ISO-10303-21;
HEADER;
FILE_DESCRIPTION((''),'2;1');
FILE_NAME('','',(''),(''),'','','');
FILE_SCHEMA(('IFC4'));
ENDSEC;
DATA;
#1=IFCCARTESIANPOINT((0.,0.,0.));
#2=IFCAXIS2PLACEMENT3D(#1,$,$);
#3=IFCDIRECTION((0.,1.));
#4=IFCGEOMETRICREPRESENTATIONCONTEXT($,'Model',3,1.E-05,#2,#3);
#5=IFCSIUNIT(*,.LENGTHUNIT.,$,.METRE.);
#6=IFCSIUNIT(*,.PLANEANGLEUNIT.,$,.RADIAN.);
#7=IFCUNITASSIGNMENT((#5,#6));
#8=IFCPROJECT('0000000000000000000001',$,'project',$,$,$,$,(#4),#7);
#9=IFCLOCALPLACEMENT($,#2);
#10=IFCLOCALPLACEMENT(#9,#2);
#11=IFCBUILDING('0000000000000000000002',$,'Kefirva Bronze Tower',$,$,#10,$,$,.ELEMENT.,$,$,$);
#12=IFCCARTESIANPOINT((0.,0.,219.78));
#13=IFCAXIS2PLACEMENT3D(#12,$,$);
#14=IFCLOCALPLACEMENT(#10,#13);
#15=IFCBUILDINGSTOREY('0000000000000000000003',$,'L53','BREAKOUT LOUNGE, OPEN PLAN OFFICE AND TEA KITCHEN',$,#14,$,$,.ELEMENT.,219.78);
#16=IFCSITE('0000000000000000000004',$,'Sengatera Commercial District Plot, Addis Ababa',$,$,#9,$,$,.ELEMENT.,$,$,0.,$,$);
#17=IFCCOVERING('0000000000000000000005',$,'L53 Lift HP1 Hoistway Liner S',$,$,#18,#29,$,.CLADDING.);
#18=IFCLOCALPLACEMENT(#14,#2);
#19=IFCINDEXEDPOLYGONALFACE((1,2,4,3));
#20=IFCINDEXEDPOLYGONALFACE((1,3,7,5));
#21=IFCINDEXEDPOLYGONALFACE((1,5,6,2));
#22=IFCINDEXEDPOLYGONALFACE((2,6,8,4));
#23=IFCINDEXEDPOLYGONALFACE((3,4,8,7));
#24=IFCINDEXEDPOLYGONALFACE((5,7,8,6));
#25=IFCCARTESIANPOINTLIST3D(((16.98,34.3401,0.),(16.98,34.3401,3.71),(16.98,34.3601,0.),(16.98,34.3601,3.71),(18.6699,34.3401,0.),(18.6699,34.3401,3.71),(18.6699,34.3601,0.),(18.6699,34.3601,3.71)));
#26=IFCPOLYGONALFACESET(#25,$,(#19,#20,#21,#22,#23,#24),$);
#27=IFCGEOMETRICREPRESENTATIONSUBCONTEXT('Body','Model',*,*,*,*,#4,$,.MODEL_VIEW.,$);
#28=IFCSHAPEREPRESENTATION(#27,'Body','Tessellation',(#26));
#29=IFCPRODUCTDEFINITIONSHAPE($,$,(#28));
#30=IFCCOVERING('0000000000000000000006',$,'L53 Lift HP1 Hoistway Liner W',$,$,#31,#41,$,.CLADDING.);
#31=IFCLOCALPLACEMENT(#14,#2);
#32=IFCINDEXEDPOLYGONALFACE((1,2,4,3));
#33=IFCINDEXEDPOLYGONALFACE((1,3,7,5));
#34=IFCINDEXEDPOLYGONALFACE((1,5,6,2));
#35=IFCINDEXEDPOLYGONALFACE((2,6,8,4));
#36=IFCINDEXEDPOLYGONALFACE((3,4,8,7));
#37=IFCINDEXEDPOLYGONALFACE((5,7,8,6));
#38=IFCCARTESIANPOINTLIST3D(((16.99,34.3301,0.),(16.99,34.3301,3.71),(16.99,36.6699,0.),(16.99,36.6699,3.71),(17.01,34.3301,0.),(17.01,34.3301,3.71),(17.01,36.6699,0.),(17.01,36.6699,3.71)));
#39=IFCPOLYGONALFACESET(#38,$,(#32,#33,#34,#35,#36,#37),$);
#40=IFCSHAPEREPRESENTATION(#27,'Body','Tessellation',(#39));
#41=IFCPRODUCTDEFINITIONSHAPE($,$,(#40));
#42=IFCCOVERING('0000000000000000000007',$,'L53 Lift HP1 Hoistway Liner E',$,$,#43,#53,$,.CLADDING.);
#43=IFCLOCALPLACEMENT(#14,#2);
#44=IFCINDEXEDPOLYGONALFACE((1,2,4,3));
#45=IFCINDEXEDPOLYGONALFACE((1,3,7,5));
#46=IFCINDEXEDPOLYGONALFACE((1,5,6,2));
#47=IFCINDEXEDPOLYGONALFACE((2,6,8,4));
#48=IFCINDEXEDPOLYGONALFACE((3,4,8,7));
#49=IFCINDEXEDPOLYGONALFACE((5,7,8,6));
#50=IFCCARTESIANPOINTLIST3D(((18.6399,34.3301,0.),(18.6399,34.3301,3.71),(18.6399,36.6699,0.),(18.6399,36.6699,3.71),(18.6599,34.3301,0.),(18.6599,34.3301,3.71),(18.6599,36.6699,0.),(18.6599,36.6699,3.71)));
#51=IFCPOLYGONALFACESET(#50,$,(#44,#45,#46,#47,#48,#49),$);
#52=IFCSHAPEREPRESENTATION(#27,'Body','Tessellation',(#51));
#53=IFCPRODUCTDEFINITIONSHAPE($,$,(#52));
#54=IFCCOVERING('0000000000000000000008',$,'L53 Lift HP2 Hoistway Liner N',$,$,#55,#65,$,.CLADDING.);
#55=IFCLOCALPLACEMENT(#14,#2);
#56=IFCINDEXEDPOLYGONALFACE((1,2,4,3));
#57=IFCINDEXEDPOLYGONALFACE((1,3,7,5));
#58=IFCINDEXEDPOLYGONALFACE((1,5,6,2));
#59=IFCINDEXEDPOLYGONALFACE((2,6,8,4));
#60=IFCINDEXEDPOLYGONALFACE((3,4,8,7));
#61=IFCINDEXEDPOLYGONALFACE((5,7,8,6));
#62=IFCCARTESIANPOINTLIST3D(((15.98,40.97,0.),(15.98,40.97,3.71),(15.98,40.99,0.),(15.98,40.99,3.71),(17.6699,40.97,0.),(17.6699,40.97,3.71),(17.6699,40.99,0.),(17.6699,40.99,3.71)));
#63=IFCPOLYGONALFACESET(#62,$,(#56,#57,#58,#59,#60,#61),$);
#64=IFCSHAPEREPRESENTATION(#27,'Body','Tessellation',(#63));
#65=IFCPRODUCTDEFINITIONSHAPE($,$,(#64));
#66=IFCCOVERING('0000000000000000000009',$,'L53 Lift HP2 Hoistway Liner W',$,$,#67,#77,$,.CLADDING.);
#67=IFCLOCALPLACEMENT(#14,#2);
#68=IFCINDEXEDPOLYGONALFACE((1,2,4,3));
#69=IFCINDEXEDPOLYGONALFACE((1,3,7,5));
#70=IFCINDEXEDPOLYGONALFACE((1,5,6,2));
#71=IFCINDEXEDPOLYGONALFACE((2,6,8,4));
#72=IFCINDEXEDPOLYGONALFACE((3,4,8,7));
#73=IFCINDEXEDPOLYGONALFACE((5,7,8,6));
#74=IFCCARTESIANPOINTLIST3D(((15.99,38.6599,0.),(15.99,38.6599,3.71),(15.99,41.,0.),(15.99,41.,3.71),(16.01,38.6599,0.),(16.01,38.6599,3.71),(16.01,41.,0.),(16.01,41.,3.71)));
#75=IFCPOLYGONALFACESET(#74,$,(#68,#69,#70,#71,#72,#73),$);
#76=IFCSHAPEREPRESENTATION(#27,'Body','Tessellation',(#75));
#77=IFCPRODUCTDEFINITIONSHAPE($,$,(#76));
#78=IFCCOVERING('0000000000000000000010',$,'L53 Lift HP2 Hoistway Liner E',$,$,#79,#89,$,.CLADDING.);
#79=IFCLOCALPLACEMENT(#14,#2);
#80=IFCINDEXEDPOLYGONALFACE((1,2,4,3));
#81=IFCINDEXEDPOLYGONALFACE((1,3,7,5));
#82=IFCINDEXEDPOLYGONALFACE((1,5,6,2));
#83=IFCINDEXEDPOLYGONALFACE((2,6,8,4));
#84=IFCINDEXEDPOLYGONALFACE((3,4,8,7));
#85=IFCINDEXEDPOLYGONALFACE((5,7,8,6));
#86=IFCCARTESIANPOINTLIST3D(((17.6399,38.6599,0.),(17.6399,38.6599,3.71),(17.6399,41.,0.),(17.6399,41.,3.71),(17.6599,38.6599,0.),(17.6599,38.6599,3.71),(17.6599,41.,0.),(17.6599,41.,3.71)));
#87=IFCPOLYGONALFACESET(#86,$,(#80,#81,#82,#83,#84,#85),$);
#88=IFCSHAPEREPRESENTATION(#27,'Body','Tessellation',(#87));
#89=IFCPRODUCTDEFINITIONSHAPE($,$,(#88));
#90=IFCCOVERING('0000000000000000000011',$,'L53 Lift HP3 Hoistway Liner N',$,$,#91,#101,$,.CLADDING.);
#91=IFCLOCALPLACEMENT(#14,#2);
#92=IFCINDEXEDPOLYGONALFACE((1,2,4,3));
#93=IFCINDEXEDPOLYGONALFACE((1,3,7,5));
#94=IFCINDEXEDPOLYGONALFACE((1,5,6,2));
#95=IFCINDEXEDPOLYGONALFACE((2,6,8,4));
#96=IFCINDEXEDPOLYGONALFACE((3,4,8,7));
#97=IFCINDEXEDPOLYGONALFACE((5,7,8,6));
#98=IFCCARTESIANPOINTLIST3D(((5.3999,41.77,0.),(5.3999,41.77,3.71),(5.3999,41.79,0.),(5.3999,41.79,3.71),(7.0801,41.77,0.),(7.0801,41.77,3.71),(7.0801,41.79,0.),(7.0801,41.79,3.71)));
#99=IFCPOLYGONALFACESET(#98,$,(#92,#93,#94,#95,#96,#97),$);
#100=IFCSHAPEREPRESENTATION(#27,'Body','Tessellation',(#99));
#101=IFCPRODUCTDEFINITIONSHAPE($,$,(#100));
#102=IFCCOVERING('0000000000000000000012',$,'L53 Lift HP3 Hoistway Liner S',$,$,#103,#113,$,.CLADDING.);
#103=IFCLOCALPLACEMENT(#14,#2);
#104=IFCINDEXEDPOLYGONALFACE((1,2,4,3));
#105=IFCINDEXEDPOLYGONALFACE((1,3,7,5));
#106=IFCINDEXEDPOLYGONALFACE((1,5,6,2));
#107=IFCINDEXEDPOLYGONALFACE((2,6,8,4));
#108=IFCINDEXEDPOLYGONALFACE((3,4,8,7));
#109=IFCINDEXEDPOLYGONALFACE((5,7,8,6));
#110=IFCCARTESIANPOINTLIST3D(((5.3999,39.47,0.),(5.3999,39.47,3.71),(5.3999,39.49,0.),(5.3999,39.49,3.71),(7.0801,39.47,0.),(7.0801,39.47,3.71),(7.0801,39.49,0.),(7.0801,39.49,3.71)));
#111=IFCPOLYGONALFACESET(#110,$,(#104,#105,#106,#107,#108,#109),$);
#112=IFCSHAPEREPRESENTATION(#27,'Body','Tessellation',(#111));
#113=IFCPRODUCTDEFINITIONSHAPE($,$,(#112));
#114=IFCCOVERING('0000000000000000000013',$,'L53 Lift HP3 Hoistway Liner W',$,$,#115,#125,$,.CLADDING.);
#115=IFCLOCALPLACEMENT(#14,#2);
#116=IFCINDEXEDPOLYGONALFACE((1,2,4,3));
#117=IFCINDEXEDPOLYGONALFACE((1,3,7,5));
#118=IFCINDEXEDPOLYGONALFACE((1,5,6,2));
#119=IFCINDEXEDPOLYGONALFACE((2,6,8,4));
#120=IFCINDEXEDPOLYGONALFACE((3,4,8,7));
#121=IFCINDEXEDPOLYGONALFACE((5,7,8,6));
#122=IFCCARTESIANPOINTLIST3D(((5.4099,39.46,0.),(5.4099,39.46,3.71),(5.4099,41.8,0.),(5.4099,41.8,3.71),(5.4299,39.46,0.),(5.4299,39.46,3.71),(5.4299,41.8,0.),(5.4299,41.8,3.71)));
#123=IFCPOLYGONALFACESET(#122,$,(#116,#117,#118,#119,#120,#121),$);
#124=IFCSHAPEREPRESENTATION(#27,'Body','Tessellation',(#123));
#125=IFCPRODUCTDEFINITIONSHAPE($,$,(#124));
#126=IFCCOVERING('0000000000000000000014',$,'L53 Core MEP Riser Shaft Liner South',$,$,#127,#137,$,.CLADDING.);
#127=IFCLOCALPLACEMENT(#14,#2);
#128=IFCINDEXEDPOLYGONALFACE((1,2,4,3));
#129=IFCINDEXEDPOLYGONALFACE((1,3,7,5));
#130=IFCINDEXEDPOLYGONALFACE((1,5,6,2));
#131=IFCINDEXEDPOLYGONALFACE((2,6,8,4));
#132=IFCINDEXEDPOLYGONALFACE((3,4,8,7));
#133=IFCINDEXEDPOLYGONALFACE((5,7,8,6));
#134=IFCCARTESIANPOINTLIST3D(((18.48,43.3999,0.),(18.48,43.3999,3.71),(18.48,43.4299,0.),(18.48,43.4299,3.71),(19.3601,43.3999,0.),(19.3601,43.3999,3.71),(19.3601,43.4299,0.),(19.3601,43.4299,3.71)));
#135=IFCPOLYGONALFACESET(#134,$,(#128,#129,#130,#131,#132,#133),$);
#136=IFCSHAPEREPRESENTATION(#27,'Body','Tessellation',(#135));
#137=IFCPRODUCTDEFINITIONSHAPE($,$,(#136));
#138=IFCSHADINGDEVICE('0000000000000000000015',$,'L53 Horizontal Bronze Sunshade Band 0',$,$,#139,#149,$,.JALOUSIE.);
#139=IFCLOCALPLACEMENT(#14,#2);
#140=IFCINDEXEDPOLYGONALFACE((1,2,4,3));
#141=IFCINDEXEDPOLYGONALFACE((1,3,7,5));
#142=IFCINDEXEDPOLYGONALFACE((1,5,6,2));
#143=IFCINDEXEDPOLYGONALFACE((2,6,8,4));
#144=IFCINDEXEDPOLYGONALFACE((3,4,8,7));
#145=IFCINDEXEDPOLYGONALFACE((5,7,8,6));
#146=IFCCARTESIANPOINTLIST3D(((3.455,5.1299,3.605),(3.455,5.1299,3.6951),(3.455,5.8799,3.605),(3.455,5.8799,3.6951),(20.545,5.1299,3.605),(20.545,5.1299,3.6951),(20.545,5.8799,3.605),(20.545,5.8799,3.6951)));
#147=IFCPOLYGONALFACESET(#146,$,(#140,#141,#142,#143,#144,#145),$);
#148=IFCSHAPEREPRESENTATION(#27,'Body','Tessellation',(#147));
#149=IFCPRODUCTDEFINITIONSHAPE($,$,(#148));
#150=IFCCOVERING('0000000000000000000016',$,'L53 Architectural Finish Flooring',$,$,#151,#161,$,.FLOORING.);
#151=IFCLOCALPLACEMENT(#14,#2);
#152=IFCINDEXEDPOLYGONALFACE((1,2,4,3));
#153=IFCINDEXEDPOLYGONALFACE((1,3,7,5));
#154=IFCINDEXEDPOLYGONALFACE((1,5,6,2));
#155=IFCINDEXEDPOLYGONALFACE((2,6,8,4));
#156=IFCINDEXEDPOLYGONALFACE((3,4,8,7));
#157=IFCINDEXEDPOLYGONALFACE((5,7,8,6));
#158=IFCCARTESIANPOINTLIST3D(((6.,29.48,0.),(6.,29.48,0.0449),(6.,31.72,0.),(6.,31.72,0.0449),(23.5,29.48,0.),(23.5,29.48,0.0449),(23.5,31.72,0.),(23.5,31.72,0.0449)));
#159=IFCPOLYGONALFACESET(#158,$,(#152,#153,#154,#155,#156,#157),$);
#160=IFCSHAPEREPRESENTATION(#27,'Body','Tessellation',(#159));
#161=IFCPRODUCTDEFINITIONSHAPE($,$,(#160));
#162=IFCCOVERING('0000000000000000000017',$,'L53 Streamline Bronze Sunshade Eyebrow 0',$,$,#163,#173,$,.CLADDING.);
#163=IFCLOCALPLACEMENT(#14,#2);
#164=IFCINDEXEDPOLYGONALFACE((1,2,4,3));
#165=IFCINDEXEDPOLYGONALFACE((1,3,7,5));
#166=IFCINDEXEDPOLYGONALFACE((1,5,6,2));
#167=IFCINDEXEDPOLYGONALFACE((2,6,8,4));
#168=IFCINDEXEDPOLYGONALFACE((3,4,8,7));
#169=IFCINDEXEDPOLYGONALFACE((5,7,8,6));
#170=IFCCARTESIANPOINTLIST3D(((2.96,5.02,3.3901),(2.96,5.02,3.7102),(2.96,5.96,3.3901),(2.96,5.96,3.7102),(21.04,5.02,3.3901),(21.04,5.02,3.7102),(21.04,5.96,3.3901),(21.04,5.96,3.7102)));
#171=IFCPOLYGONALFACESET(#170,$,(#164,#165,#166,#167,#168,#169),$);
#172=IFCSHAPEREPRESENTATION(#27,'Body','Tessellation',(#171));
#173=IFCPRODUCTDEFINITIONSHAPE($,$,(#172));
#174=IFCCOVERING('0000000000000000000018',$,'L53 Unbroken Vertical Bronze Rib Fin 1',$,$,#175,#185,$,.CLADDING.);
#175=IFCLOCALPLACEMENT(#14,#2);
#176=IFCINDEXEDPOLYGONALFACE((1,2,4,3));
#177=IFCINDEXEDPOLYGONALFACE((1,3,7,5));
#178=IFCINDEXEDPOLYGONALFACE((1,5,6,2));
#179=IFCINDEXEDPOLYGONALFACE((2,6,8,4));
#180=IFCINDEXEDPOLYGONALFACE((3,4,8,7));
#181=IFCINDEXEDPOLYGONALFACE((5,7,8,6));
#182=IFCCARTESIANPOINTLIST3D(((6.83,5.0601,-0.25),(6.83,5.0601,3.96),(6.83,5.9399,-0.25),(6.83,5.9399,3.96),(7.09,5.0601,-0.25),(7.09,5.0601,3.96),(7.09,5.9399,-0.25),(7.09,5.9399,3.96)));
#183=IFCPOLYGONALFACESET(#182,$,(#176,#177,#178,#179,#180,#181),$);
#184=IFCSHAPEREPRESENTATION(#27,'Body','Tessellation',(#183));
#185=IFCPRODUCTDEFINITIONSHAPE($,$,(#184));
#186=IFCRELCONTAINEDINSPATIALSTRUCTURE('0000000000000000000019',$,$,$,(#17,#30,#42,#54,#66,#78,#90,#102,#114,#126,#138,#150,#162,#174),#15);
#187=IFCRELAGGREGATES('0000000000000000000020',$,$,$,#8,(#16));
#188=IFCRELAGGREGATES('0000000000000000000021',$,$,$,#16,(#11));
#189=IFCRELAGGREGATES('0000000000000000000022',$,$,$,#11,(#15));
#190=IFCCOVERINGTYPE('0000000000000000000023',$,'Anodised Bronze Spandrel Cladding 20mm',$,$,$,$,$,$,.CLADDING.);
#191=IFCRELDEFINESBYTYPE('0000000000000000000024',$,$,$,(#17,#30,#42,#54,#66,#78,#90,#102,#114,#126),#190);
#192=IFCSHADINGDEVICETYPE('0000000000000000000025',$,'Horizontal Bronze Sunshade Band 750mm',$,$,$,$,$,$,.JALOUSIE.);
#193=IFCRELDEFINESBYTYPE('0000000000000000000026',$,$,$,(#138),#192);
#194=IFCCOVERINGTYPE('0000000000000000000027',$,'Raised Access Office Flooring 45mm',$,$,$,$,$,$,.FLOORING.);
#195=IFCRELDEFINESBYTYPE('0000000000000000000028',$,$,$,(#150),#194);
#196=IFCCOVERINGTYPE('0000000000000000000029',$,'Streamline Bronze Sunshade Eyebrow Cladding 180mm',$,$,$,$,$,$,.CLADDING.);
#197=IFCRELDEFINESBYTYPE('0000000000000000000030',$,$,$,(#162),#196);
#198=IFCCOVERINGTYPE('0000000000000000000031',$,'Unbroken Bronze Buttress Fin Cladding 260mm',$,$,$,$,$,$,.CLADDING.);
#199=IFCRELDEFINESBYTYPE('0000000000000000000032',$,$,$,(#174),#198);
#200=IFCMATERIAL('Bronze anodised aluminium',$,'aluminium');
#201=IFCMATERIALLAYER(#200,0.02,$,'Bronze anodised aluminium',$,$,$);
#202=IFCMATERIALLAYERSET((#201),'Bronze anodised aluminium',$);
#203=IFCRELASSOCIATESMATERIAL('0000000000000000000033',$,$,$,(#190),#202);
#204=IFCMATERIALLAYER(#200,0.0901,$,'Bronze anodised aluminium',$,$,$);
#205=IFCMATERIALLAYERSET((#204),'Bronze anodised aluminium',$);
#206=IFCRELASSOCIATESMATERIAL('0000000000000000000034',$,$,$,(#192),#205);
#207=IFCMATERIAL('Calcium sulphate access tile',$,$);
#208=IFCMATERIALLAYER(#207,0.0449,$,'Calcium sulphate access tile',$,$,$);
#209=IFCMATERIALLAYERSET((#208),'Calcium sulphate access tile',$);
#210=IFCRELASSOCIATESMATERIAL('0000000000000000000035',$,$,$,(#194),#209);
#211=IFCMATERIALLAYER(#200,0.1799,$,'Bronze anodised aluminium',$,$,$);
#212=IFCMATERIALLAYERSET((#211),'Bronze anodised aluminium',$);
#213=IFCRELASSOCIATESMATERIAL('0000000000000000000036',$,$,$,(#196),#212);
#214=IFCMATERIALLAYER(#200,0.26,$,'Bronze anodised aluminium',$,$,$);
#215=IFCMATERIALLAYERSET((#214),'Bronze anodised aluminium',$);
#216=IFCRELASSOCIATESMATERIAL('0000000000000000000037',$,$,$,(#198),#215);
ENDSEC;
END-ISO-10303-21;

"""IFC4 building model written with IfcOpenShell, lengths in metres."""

from ifc_helpers import new_model, si_unit, direction, frame, origin, origin_2d, place, context, subcontext, project, spatial, polyline, rectangle, outline, extrude, material, layer, layer_set, type_object, element, save


model = new_model("IFC4")

# Units and contexts
model_context = context("Model", 3, precision=1e-05, world=origin(), true_north=direction((0.0, 1.0)))
body_context = subcontext(model_context, "Body", "Model", "MODEL_VIEW")
ifc_project = project(units=[si_unit("LENGTHUNIT", "METRE"), si_unit("PLANEANGLEUNIT", "RADIAN")], contexts=[model_context])

# Site, building, storey
site_placement = place(None, origin())
site = spatial("IfcSite", under=ifc_project, at=site_placement, Name="Sengatera Commercial District Plot, Addis Ababa", CompositionType="ELEMENT", RefElevation=0.0)
building_placement = place(site_placement, origin())
building = spatial("IfcBuilding", under=site, at=building_placement, Name="Kefirva Bronze Tower", CompositionType="ELEMENT")
storey_placement = place(building_placement, frame((0.0, 0.0, 219.78)))
storey = spatial("IfcBuildingStorey", under=building, at=storey_placement, Name="L53", Description="BREAKOUT LOUNGE, OPEN PLAN OFFICE AND TEA KITCHEN", CompositionType="ELEMENT", Elevation=219.78)

# Coverings
ifc_material_1 = material(Name="Bronze anodised aluminium", Category="aluminium")
ifc_layer_1 = layer(ifc_material_1, 0.02, Name="Bronze anodised aluminium")
ifc_layer_set_1 = layer_set([ifc_layer_1], Name="Bronze anodised aluminium")
covering_type_1 = type_object("IfcCoveringType", Name="Anodised Bronze Spandrel Cladding 20mm", PredefinedType="CLADDING", material=ifc_layer_set_1)
covering_1_placement = place(storey_placement, origin())
element("IfcCovering", 1, at=covering_1_placement, inside=storey, type_object=covering_type_1, Name="L53 Lift HP1 Hoistway Liner S", PredefinedType="CLADDING", context=body_context, shape_type="SweptSolid", body=[
    extrude(outline(polyline([(16.98, 34.3401), (18.6699, 34.3401), (18.6699, 34.3601), (16.98, 34.3601), (16.98, 34.3401)])), origin(), (0.0, 0.0, 1.0), 3.71),
])
covering_2_placement = place(storey_placement, origin())
element("IfcCovering", 2, at=covering_2_placement, inside=storey, type_object=covering_type_1, Name="L53 Lift HP1 Hoistway Liner W", PredefinedType="CLADDING", context=body_context, shape_type="SweptSolid", body=[
    extrude(outline(polyline([(16.99, 34.3301), (17.01, 34.3301), (17.01, 36.6699), (16.99, 36.6699), (16.99, 34.3301)])), origin(), (0.0, 0.0, 1.0), 3.71),
])
covering_3_placement = place(storey_placement, origin())
element("IfcCovering", 3, at=covering_3_placement, inside=storey, type_object=covering_type_1, Name="L53 Lift HP1 Hoistway Liner E", PredefinedType="CLADDING", context=body_context, shape_type="SweptSolid", body=[
    extrude(outline(polyline([(18.6399, 34.3301), (18.6599, 34.3301), (18.6599, 36.6699), (18.6399, 36.6699), (18.6399, 34.3301)])), origin(), (0.0, 0.0, 1.0), 3.71),
])
covering_4_placement = place(storey_placement, origin())
element("IfcCovering", 4, at=covering_4_placement, inside=storey, type_object=covering_type_1, Name="L53 Lift HP2 Hoistway Liner N", PredefinedType="CLADDING", context=body_context, shape_type="SweptSolid", body=[
    extrude(outline(polyline([(15.98, 40.97), (17.6699, 40.97), (17.6699, 40.99), (15.98, 40.99), (15.98, 40.97)])), origin(), (0.0, 0.0, 1.0), 3.71),
])
covering_5_placement = place(storey_placement, origin())
element("IfcCovering", 5, at=covering_5_placement, inside=storey, type_object=covering_type_1, Name="L53 Lift HP2 Hoistway Liner W", PredefinedType="CLADDING", context=body_context, shape_type="SweptSolid", body=[
    extrude(outline(polyline([(15.99, 38.6599), (16.01, 38.6599), (16.01, 41.0), (15.99, 41.0), (15.99, 38.6599)])), origin(), (0.0, 0.0, 1.0), 3.71),
])
covering_6_placement = place(storey_placement, origin())
element("IfcCovering", 6, at=covering_6_placement, inside=storey, type_object=covering_type_1, Name="L53 Lift HP2 Hoistway Liner E", PredefinedType="CLADDING", context=body_context, shape_type="SweptSolid", body=[
    extrude(outline(polyline([(17.6399, 38.6599), (17.6599, 38.6599), (17.6599, 41.0), (17.6399, 41.0), (17.6399, 38.6599)])), origin(), (0.0, 0.0, 1.0), 3.71),
])
covering_7_placement = place(storey_placement, origin())
element("IfcCovering", 7, at=covering_7_placement, inside=storey, type_object=covering_type_1, Name="L53 Lift HP3 Hoistway Liner N", PredefinedType="CLADDING", context=body_context, shape_type="SweptSolid", body=[
    extrude(outline(polyline([(5.3999, 41.77), (7.0801, 41.77), (7.0801, 41.79), (5.3999, 41.79), (5.3999, 41.77)])), origin(), (0.0, 0.0, 1.0), 3.71),
])
covering_8_placement = place(storey_placement, origin())
element("IfcCovering", 8, at=covering_8_placement, inside=storey, type_object=covering_type_1, Name="L53 Lift HP3 Hoistway Liner S", PredefinedType="CLADDING", context=body_context, shape_type="SweptSolid", body=[
    extrude(outline(polyline([(5.3999, 39.47), (7.0801, 39.47), (7.0801, 39.49), (5.3999, 39.49), (5.3999, 39.47)])), origin(), (0.0, 0.0, 1.0), 3.71),
])
covering_9_placement = place(storey_placement, origin())
element("IfcCovering", 9, at=covering_9_placement, inside=storey, type_object=covering_type_1, Name="L53 Lift HP3 Hoistway Liner W", PredefinedType="CLADDING", context=body_context, shape_type="SweptSolid", body=[
    extrude(outline(polyline([(5.4099, 39.46), (5.4299, 39.46), (5.4299, 41.8), (5.4099, 41.8), (5.4099, 39.46)])), origin(), (0.0, 0.0, 1.0), 3.71),
])
covering_10_placement = place(storey_placement, origin())
element("IfcCovering", 10, at=covering_10_placement, inside=storey, type_object=covering_type_1, Name="L53 Core MEP Riser Shaft Liner South", PredefinedType="CLADDING", context=body_context, shape_type="SweptSolid", body=[
    extrude(outline(polyline([(18.48, 43.3999), (19.3601, 43.3999), (19.3601, 43.4299), (18.48, 43.4299), (18.48, 43.3999)])), origin(), (0.0, 0.0, 1.0), 3.71),
])

# Shading device
ifc_layer_2 = layer(ifc_material_1, 0.0901, Name="Bronze anodised aluminium")
ifc_layer_set_2 = layer_set([ifc_layer_2], Name="Bronze anodised aluminium")
shading_device_type = type_object("IfcShadingDeviceType", Name="Horizontal Bronze Sunshade Band 750mm", PredefinedType="JALOUSIE", material=ifc_layer_set_2)
shading_device_placement = place(storey_placement, frame((12.0, 5.5049, 3.605), z_axis=(0.0, 0.0, 1.0), x_axis=(1.0, 0.0, 0.0)))
element("IfcShadingDevice", 11, at=shading_device_placement, inside=storey, type_object=shading_device_type, Name="L53 Horizontal Bronze Sunshade Band 0", PredefinedType="JALOUSIE", context=body_context, shape_type="SweptSolid", body=[
    extrude(rectangle(XDim=17.0901, YDim=0.75, at=origin_2d()), origin(), (0.0, 0.0, 1.0), 0.0901),
])

# Coverings
ifc_material_2 = material(Name="Calcium sulphate access tile")
ifc_layer_3 = layer(ifc_material_2, 0.0449, Name="Calcium sulphate access tile")
ifc_layer_set_3 = layer_set([ifc_layer_3], Name="Calcium sulphate access tile")
covering_type_2 = type_object("IfcCoveringType", Name="Raised Access Office Flooring 45mm", PredefinedType="FLOORING", material=ifc_layer_set_3)
covering_11_placement = place(storey_placement, origin())
element("IfcCovering", 12, at=covering_11_placement, inside=storey, type_object=covering_type_2, Name="L53 Architectural Finish Flooring", PredefinedType="FLOORING", context=body_context, shape_type="SweptSolid", body=[
    extrude(outline(polyline([(6.0, 29.48), (23.5, 29.48), (23.5, 31.72), (6.0, 31.72), (6.0, 29.48)])), origin(), (0.0, 0.0, 1.0), 0.0449),
])
ifc_layer_4 = layer(ifc_material_1, 0.1799, Name="Bronze anodised aluminium")
ifc_layer_set_4 = layer_set([ifc_layer_4], Name="Bronze anodised aluminium")
covering_type_3 = type_object("IfcCoveringType", Name="Streamline Bronze Sunshade Eyebrow Cladding 180mm", PredefinedType="CLADDING", material=ifc_layer_set_4)
covering_12_placement = place(storey_placement, frame((12.0, 5.49, 3.3901), z_axis=(0.0, 0.0, 1.0), x_axis=(1.0, 0.0, 0.0)))
element("IfcCovering", 13, at=covering_12_placement, inside=storey, type_object=covering_type_3, Name="L53 Streamline Bronze Sunshade Eyebrow 0", PredefinedType="CLADDING", context=body_context, shape_type="SweptSolid", body=[
    extrude(rectangle(XDim=18.0801, YDim=0.9399, at=origin_2d()), origin(), (0.0, 0.0, 1.0), 0.3201),
])
ifc_layer_5 = layer(ifc_material_1, 0.26, Name="Bronze anodised aluminium")
ifc_layer_set_5 = layer_set([ifc_layer_5], Name="Bronze anodised aluminium")
covering_type_4 = type_object("IfcCoveringType", Name="Unbroken Bronze Buttress Fin Cladding 260mm", PredefinedType="CLADDING", material=ifc_layer_set_5)
for number, where, z_axis, x_axis, name in (
    (14, (6.96, 5.5, -0.25), (0.0, 0.0, 1.0), (1.0, 0.0, 0.0), "L53 Unbroken Vertical Bronze Rib Fin 1"),
):
    element("IfcCovering", number, at=place(storey_placement, frame(where, z_axis=z_axis, x_axis=x_axis)), inside=storey, type_object=covering_type_4, Name=name, PredefinedType="CLADDING", context=body_context, shape_type="SweptSolid", body=[
        extrude(rectangle(XDim=0.26, YDim=0.8799, at=origin_2d()), origin(), (0.0, 0.0, 1.0), 4.21),
    ])

save(model, "model.ifc")
